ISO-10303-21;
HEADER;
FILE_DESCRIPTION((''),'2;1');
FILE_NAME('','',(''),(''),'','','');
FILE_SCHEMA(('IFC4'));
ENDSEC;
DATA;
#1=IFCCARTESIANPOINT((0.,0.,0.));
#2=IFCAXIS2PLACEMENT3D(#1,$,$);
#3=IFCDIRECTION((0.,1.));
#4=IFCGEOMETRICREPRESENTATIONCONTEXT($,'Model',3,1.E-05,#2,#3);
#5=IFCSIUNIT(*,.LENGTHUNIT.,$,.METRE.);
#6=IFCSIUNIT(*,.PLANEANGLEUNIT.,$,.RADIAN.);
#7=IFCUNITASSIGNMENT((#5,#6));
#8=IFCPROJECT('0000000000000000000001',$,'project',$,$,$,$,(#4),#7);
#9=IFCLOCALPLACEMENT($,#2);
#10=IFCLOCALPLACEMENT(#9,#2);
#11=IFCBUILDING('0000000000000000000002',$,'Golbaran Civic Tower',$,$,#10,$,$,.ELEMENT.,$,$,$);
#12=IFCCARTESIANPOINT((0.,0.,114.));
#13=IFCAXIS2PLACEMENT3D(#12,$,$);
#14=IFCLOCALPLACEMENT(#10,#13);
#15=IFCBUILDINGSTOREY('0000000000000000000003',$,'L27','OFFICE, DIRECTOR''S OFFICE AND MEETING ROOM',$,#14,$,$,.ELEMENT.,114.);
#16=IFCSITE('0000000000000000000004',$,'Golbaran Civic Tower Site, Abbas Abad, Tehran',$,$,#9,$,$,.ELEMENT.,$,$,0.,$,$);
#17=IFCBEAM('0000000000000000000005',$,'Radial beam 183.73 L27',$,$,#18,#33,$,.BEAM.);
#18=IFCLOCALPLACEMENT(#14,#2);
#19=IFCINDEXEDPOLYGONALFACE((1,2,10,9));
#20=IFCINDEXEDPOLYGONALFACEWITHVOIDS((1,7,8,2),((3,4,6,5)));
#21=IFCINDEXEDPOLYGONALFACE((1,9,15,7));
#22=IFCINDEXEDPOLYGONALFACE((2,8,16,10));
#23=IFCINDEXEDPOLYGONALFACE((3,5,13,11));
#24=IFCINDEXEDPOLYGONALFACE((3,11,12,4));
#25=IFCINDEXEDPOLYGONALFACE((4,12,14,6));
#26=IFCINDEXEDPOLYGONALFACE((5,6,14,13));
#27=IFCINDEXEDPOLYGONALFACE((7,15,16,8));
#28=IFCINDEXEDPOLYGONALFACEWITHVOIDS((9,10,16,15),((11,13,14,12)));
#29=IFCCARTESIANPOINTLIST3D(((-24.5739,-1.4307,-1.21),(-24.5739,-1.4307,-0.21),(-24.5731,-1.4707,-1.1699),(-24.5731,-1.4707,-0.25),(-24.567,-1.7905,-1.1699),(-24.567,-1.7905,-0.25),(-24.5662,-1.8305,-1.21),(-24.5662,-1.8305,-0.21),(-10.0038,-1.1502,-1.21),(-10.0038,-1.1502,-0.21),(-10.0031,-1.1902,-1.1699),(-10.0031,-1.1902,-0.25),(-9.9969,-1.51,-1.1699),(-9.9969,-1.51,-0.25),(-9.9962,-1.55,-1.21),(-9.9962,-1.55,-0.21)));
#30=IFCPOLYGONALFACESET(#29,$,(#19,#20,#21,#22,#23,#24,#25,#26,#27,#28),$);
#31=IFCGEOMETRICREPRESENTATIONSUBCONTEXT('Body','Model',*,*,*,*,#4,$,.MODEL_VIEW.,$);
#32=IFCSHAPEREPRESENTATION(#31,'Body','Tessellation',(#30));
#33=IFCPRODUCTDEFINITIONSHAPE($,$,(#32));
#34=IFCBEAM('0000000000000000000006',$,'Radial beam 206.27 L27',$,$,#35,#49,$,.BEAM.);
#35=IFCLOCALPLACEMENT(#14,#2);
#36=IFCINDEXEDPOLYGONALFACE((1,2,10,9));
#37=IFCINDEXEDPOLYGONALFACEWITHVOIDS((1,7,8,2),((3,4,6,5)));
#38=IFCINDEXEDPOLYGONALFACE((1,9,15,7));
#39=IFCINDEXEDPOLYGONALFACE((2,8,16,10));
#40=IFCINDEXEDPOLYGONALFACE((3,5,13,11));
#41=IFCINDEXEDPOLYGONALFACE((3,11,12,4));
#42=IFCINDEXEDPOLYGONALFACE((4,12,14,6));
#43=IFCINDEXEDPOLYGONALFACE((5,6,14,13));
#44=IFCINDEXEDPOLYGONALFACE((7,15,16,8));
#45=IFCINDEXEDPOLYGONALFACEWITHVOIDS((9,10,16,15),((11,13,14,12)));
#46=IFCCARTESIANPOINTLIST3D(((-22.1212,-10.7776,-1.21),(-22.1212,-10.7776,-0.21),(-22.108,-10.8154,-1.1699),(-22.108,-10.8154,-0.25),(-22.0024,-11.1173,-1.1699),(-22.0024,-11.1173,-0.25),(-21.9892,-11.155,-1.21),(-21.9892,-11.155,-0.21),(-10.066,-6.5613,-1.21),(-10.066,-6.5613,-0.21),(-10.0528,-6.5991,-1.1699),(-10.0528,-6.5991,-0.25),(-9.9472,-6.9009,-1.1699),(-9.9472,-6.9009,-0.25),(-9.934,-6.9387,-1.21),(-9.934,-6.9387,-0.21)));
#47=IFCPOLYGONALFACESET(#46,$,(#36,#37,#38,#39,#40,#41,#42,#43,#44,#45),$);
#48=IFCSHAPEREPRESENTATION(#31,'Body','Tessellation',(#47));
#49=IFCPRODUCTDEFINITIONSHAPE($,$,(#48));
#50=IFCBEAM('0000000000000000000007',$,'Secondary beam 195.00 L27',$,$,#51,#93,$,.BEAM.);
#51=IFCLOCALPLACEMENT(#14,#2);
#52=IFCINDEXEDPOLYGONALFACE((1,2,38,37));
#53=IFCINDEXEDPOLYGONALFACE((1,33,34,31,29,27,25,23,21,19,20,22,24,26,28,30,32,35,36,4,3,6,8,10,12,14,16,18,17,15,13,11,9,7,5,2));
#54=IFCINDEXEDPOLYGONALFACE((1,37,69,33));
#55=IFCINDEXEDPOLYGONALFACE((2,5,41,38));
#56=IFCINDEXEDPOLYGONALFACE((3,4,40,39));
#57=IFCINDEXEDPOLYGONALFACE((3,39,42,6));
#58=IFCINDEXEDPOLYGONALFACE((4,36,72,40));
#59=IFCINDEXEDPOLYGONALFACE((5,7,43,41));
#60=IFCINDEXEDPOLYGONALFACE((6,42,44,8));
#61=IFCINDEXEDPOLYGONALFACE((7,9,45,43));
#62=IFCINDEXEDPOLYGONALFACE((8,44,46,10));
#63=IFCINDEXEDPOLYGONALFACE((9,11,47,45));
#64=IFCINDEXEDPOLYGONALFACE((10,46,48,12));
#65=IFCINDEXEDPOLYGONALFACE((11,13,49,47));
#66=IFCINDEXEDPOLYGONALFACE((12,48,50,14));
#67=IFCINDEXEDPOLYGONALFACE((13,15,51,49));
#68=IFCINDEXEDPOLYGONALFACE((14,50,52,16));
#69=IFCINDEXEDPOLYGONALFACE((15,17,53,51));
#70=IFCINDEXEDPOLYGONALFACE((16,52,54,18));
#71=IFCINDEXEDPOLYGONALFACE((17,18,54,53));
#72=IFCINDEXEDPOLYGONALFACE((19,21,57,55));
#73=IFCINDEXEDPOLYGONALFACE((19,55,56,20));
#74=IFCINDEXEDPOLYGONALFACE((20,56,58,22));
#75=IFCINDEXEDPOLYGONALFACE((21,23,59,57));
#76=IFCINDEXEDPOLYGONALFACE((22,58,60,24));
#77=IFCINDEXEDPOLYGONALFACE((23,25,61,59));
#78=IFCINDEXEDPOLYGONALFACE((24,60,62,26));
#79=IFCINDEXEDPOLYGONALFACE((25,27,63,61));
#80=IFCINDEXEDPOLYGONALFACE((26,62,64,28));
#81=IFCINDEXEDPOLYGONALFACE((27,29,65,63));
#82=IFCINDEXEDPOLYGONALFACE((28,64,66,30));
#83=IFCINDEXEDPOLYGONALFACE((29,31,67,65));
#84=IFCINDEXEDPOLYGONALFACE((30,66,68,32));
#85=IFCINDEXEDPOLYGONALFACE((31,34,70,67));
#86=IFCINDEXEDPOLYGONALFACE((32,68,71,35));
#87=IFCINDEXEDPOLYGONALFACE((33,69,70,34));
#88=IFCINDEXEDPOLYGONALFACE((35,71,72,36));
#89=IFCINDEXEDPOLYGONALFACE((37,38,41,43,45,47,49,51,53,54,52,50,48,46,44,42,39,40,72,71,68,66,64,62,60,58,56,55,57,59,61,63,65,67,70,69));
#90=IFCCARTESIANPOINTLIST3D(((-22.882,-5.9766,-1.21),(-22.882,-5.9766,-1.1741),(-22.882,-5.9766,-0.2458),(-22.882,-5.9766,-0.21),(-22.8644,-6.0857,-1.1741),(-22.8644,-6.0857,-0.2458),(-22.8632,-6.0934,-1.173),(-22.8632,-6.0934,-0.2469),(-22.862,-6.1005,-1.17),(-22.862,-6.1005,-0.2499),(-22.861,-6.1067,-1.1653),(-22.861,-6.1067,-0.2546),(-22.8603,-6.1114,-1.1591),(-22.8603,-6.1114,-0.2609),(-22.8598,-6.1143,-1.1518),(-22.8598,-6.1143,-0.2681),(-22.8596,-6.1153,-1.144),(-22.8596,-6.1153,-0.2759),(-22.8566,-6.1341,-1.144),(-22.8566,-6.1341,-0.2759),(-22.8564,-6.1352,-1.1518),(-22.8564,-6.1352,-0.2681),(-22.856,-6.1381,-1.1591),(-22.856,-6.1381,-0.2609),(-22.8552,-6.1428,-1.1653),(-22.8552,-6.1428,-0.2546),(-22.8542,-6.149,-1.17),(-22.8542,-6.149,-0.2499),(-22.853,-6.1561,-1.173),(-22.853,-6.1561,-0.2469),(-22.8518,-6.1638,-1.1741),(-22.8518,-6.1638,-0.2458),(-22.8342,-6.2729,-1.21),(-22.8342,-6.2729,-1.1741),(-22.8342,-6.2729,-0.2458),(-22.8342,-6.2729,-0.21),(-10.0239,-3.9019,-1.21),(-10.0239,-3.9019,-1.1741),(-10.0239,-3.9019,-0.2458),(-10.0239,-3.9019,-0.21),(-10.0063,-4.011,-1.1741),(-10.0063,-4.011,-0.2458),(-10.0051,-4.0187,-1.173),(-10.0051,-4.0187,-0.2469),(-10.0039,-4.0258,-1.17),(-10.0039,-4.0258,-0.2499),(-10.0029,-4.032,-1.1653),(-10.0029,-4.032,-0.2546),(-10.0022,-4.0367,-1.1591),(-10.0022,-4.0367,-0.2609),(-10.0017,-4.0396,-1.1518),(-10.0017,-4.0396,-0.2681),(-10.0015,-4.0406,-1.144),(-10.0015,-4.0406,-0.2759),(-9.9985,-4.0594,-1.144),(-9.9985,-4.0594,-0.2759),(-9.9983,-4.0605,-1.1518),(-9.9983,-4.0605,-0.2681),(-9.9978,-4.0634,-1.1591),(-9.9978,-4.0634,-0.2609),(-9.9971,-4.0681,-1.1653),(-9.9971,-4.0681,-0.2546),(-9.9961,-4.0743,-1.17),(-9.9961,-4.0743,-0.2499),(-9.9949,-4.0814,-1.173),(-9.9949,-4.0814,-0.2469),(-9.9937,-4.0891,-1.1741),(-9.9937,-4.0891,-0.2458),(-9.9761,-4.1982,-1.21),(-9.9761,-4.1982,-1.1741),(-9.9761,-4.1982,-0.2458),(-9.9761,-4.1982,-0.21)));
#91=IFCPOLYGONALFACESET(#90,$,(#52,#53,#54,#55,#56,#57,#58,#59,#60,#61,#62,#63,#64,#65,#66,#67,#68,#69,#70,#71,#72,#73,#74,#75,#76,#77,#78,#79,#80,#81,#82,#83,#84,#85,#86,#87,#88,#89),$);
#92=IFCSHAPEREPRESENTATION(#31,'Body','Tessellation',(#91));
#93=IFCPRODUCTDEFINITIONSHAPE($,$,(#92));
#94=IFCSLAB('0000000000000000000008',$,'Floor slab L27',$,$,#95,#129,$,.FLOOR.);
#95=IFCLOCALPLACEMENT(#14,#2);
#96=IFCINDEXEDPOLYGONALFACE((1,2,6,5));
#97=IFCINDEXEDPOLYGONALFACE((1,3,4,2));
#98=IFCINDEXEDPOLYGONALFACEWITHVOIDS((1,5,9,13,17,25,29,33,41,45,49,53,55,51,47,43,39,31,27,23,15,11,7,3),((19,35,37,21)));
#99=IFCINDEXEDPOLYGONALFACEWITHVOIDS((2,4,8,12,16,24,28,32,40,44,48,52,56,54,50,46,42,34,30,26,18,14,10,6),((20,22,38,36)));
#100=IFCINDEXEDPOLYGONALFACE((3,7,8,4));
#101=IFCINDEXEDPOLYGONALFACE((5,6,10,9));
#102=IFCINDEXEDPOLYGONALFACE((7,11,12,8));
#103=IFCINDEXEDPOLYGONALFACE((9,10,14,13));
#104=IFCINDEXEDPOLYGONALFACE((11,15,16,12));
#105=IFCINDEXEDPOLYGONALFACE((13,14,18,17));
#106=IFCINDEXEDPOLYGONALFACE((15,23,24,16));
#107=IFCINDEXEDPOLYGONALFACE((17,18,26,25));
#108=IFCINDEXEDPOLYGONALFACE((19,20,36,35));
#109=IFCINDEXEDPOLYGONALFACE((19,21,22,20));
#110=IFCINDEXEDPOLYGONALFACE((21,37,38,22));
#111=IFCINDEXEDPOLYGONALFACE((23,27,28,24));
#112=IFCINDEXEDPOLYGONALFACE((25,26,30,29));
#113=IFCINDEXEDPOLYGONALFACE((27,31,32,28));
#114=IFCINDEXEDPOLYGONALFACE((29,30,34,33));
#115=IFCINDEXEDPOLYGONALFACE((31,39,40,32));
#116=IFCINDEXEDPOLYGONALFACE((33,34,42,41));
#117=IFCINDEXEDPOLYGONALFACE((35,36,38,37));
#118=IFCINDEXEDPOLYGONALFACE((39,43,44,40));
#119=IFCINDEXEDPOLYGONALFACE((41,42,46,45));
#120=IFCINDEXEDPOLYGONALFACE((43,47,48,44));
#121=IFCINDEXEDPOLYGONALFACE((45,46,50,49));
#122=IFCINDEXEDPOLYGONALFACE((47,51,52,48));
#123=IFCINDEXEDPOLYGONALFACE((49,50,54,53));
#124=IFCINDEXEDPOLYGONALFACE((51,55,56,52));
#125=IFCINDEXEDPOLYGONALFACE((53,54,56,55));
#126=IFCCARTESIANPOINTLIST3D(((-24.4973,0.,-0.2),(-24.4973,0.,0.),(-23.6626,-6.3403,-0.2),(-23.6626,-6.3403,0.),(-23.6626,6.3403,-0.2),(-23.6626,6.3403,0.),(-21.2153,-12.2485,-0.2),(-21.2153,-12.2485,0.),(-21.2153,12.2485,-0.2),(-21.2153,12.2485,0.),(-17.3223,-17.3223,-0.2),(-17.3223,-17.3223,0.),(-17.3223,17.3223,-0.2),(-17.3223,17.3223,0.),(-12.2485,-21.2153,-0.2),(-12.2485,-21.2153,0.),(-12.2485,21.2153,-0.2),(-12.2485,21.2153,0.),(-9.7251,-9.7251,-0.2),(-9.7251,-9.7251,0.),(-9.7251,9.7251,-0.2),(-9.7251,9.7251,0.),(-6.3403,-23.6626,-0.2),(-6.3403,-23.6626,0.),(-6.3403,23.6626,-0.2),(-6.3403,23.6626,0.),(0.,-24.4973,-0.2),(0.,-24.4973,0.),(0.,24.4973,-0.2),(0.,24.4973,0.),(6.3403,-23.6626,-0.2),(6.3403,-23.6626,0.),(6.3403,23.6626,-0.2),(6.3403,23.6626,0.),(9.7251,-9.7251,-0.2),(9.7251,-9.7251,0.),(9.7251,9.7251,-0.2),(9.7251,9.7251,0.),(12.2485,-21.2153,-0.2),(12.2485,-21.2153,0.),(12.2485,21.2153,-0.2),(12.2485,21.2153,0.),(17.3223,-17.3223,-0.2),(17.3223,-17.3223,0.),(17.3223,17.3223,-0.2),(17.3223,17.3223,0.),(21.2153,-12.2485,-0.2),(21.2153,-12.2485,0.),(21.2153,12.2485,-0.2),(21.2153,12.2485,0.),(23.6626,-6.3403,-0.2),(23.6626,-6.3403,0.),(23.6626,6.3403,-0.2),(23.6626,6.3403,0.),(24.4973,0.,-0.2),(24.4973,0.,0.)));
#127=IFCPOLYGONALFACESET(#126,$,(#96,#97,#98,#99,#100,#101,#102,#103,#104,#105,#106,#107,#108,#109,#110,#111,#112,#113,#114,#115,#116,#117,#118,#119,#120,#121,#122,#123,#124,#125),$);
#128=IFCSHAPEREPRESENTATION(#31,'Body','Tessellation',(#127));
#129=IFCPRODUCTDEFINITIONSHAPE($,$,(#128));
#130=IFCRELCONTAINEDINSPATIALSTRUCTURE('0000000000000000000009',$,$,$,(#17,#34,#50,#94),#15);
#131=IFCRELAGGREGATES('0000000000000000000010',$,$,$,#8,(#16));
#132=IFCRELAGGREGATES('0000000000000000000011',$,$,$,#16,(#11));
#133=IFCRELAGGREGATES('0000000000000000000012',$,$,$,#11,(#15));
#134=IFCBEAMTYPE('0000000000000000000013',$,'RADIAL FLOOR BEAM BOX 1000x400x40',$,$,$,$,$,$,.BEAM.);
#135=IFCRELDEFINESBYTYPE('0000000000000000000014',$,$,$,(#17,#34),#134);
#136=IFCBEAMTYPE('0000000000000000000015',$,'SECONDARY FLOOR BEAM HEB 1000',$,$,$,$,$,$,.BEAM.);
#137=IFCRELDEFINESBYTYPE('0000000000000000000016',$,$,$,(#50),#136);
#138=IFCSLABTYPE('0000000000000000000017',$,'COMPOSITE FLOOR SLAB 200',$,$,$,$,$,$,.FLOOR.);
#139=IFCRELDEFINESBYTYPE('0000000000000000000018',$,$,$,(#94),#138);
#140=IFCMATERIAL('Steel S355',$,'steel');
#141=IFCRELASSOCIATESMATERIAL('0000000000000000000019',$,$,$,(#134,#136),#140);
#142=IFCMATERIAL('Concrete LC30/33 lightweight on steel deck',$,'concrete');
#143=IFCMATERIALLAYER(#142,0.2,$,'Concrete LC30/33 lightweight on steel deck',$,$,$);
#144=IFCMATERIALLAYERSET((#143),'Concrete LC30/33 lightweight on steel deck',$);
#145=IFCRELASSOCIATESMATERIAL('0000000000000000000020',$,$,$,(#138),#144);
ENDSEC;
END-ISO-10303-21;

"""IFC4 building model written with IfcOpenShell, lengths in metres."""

from ifc_helpers import new_model, si_unit, direction, frame, origin, origin_2d, place, context, subcontext, project, spatial, polyline, hollow_rectangle, i_section, outline, extrude, material, layer, layer_set, material_profile, profile_set, type_object, element, save


model = new_model("IFC4")

# Units and contexts
model_context = context("Model", 3, precision=1e-05, world=origin(), true_north=direction((0.0, 1.0)))
body_context = subcontext(model_context, "Body", "Model", "MODEL_VIEW")
ifc_project = project(units=[si_unit("LENGTHUNIT", "METRE"), si_unit("PLANEANGLEUNIT", "RADIAN")], contexts=[model_context])

# Site, building, storey
site_placement = place(None, origin())
site = spatial("IfcSite", under=ifc_project, at=site_placement, Name="Golbaran Civic Tower Site, Abbas Abad, Tehran", CompositionType="ELEMENT", RefElevation=0.0)
building_placement = place(site_placement, origin())
building = spatial("IfcBuilding", under=site, at=building_placement, Name="Golbaran Civic Tower", CompositionType="ELEMENT")
storey_placement = place(building_placement, frame((0.0, 0.0, 114.0)))
storey = spatial("IfcBuildingStorey", under=building, at=storey_placement, Name="L27", Description="OFFICE, DIRECTOR'S OFFICE AND MEETING ROOM", CompositionType="ELEMENT", Elevation=114.0)

# Beams
ifc_material_1 = material(Name="Steel S355", Category="steel")
ifc_material_profile_1 = material_profile(ifc_material_1, hollow_rectangle(XDim=0.3999, YDim=1.0, WallThickness=0.04, at=origin_2d()), Name="BOX 1000x400x40")
ifc_profile_set_1 = profile_set([ifc_material_profile_1], Name="Steel S355")
beam_type_1 = type_object("IfcBeamType", Name="RADIAL FLOOR BEAM BOX 1000x400x40", PredefinedType="BEAM", material=ifc_profile_set_1)
beam_1_placement = place(storey_placement, frame((-10.0, -1.3501, -0.71), z_axis=(-0.999815, -0.019249, 0.0), x_axis=(0.019249, -0.999815, 0.0)))
element("IfcBeam", 1, at=beam_1_placement, inside=storey, type_object=beam_type_1, Name="Radial beam 183.73 L27", PredefinedType="BEAM", context=body_context, shape_type="SweptSolid", body=[
    extrude(hollow_rectangle(XDim=0.3999, YDim=1.0, WallThickness=0.04, at=origin_2d()), origin(), (0.0, 0.0, 1.0), 14.5728),
])
beam_2_placement = place(storey_placement, frame((-10.0, -6.75, -0.71), z_axis=(-0.943932, -0.330141, 0.0), x_axis=(0.330141, -0.943932, 0.0)))
element("IfcBeam", 2, at=beam_2_placement, inside=storey, type_object=beam_type_1, Name="Radial beam 206.27 L27", PredefinedType="BEAM", context=body_context, shape_type="SweptSolid", body=[
    extrude(hollow_rectangle(XDim=0.3999, YDim=1.0, WallThickness=0.04, at=origin_2d()), origin(), (0.0, 0.0, 1.0), 12.7712),
])
ifc_material_profile_2 = material_profile(ifc_material_1, i_section(OverallWidth=0.3, OverallDepth=1.0, WebThickness=0.019, FlangeThickness=0.0359, FilletRadius=0.03, at=origin_2d()), Name="HEB 1000")
ifc_profile_set_2 = profile_set([ifc_material_profile_2], Name="Steel S355")
beam_type_2 = type_object("IfcBeamType", Name="SECONDARY FLOOR BEAM HEB 1000", PredefinedType="BEAM", material=ifc_profile_set_2)
beam_3_placement = place(storey_placement, frame((-10.0, -4.05, -0.71), z_axis=(-0.987231, -0.159293, 0.0), x_axis=(0.159293, -0.987231, 0.0)))
element("IfcBeam", 3, at=beam_3_placement, inside=storey, type_object=beam_type_2, Name="Secondary beam 195.00 L27", PredefinedType="BEAM", context=body_context, shape_type="SweptSolid", body=[
    extrude(i_section(OverallWidth=0.3, OverallDepth=1.0, WebThickness=0.019, FlangeThickness=0.0359, FilletRadius=0.03, at=origin_2d()), origin(), (0.0, 0.0, 1.0), 13.0244),
])

# Slab
ifc_material_2 = material(Name="Concrete LC30/33 lightweight on steel deck", Category="concrete")
ifc_layer_1 = layer(ifc_material_2, 0.2, Name="Concrete LC30/33 lightweight on steel deck")
ifc_layer_set_1 = layer_set([ifc_layer_1], Name="Concrete LC30/33 lightweight on steel deck")
slab_type_1 = type_object("IfcSlabType", Name="COMPOSITE FLOOR SLAB 200", PredefinedType="FLOOR", material=ifc_layer_set_1)
slab_1_placement = place(storey_placement, frame((0.0, 0.0, -0.2)))
element("IfcSlab", 4, at=slab_1_placement, inside=storey, type_object=slab_type_1, Name="Floor slab L27", PredefinedType="FLOOR", context=body_context, shape_type="SweptSolid", body=[
    extrude(outline(polyline([(21.2153, -12.2485), (17.3223, -17.3223), (12.2485, -21.2153), (6.3403, -23.6626), (0.0, -24.4973), (-6.3403, -23.6626), (-12.2485, -21.2153), (-17.3223, -17.3223), (-21.2153, -12.2485), (-23.6626, -6.3403), (-24.4973, 0.0), (-23.6626, 6.3403), (-21.2153, 12.2485), (-17.3223, 17.3223), (-12.2485, 21.2153), (-6.3403, 23.6626), (0.0, 24.4973), (6.3403, 23.6626), (12.2485, 21.2153), (17.3223, 17.3223), (21.2153, 12.2485), (23.6626, 6.3403), (24.4973, 0.0), (23.6626, -6.3403), (21.2153, -12.2485)]), holes=[polyline([(-9.7251, 9.7251), (-9.7251, -9.7251), (9.7251, -9.7251), (9.7251, 9.7251), (-9.7251, 9.7251)])]), origin(), (0.0, 0.0, 1.0), 0.2),
])

save(model, "model.ifc")
